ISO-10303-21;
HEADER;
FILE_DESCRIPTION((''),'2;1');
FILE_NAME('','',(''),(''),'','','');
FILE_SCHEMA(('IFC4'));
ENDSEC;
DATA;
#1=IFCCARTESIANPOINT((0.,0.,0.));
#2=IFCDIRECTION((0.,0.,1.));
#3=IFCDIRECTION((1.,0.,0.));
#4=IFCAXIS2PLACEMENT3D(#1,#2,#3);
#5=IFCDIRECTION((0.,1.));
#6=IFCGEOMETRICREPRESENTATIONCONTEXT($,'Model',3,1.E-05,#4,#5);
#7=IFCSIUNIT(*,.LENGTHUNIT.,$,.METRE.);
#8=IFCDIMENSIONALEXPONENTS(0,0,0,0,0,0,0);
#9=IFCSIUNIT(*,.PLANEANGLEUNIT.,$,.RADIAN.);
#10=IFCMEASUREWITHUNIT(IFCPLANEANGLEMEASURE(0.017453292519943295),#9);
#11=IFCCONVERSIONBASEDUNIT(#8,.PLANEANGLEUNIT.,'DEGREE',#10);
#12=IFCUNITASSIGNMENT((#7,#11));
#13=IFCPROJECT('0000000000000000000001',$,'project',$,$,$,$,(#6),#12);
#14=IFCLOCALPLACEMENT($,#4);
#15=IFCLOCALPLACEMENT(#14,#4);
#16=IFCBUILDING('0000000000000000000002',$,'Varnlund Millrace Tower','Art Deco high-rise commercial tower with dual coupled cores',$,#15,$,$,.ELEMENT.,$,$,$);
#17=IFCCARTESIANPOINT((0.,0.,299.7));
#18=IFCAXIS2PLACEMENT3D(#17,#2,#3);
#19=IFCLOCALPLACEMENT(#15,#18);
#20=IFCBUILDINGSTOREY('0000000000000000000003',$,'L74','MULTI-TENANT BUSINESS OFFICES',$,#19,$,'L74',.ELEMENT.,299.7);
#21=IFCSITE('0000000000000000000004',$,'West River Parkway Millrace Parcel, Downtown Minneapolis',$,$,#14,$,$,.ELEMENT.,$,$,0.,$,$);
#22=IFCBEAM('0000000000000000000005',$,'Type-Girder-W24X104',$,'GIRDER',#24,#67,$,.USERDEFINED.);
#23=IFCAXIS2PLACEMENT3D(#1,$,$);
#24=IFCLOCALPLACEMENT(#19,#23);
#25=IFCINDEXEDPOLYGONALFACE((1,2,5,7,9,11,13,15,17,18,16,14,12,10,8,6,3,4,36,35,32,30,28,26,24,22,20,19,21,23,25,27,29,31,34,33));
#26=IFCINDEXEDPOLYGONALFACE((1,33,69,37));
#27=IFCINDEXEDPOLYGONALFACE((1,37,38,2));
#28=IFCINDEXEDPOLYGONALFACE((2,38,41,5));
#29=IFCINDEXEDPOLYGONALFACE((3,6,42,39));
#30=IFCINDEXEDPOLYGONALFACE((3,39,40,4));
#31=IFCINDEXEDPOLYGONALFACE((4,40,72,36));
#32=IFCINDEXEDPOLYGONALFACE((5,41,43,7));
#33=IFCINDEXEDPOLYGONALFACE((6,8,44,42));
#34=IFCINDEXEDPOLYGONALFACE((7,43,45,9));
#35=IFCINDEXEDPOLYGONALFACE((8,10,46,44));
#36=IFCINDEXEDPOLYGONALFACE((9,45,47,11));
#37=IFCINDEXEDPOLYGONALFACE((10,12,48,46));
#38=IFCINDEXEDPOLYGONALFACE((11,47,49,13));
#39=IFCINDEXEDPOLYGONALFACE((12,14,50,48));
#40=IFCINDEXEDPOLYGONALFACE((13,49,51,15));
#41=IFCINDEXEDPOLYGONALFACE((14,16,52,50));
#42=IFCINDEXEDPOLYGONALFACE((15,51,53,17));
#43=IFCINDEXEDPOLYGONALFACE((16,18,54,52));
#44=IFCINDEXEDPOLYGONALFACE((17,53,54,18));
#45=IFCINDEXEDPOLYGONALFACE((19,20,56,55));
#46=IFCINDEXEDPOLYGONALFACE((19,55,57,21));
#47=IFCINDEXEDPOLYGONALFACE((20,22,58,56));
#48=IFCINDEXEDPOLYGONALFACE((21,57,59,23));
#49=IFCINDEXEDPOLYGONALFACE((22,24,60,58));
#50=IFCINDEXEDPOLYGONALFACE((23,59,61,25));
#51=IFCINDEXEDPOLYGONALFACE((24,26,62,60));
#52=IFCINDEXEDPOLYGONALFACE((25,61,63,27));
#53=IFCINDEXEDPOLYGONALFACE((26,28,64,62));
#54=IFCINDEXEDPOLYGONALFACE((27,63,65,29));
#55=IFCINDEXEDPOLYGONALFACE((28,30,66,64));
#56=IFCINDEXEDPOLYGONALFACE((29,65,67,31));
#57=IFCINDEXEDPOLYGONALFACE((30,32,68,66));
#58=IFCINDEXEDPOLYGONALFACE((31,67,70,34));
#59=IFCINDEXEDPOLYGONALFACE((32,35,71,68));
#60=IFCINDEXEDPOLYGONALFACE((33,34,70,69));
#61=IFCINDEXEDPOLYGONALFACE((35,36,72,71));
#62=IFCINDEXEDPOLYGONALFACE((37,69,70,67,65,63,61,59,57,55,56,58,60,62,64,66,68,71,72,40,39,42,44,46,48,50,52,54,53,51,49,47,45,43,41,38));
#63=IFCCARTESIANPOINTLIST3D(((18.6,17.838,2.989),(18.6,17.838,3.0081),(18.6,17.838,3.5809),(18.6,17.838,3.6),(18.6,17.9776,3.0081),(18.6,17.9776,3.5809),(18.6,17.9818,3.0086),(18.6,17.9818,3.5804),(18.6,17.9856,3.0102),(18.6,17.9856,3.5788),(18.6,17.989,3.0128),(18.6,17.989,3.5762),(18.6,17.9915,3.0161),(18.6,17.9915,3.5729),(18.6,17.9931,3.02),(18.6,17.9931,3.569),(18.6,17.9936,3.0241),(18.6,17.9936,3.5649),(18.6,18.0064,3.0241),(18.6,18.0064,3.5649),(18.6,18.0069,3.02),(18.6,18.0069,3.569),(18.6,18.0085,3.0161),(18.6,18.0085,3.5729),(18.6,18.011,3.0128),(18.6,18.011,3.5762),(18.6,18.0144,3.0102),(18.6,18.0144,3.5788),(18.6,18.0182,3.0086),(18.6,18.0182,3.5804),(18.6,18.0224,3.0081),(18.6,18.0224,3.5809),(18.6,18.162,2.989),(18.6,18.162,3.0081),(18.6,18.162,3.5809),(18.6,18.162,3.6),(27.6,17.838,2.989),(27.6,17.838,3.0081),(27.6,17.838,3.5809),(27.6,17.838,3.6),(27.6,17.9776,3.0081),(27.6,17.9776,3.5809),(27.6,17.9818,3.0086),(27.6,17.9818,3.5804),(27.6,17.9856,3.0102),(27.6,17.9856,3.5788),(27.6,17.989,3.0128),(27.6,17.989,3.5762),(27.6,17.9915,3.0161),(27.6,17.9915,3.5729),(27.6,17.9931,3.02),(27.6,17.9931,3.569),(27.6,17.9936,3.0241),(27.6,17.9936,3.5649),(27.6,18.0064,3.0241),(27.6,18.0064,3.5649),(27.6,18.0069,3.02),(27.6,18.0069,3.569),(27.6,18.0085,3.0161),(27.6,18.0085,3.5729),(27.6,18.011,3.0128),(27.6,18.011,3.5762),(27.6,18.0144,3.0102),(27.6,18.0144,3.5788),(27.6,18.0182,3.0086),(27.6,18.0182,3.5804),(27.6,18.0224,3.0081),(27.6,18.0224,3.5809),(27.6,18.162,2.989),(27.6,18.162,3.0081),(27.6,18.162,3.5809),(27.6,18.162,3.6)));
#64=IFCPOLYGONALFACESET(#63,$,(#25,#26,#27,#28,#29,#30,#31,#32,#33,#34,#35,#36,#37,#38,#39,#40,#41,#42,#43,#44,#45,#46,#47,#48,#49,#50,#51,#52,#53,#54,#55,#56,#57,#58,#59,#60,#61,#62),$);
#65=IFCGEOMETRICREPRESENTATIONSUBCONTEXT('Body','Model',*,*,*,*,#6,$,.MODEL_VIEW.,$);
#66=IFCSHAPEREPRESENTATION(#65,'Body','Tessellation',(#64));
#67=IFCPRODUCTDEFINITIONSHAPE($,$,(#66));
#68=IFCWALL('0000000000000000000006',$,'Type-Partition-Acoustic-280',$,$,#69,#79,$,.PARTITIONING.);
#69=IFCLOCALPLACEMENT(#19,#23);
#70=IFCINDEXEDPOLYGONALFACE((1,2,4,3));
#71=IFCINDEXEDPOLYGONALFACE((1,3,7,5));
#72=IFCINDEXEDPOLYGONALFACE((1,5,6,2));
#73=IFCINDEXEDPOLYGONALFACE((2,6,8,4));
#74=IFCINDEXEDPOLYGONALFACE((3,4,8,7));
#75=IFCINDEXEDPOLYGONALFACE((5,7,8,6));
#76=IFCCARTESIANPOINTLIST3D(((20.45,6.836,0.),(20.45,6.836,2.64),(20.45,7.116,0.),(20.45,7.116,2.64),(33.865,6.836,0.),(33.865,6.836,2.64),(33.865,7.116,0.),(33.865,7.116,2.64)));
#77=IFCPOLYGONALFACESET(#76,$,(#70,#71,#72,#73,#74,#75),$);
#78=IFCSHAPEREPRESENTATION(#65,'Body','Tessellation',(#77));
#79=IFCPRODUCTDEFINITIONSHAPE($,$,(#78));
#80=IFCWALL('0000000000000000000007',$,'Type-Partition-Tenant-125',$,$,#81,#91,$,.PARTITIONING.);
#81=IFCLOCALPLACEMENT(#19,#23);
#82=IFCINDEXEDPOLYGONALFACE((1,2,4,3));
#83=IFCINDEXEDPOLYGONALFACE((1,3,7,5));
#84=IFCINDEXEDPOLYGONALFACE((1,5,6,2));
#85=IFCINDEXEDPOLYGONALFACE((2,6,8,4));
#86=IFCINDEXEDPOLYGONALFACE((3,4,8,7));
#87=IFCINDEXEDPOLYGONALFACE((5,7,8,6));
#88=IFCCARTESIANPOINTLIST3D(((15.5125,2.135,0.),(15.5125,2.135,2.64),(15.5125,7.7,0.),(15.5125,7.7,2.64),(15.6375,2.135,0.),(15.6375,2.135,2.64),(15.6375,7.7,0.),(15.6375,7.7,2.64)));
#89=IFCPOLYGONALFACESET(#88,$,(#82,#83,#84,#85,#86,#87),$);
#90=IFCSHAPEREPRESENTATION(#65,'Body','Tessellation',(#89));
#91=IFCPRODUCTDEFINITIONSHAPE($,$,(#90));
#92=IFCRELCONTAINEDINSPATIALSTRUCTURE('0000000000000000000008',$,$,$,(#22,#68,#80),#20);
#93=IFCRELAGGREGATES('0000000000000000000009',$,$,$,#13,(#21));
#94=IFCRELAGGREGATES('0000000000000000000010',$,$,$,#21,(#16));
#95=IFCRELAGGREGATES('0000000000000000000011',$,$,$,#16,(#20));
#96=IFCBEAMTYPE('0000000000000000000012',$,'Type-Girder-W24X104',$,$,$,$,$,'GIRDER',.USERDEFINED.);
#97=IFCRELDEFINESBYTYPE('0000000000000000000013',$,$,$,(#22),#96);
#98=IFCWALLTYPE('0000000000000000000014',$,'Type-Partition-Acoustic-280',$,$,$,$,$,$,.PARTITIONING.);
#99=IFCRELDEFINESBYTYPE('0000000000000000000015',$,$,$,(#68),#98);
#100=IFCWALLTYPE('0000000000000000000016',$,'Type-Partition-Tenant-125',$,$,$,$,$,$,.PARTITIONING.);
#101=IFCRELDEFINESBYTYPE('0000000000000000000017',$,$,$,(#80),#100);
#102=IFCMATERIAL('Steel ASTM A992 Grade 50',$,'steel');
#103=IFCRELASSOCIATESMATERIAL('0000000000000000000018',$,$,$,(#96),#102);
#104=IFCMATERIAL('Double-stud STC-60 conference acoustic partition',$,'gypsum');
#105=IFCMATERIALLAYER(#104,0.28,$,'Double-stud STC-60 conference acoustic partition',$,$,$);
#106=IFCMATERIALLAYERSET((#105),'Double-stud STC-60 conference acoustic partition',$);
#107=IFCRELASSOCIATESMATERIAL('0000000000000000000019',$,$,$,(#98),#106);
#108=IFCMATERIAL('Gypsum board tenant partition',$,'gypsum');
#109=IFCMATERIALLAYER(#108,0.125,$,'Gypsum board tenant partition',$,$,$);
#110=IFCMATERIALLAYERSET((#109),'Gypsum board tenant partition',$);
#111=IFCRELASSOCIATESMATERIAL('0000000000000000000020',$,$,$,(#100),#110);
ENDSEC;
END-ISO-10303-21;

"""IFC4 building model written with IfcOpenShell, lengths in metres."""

from ifc_helpers import new_model, entity, si_unit, converted_unit, direction, frame, origin_with_axes, origin_2d_with_axis, place, context, subcontext, project, spatial, polyline, i_section, outline, extrude, material, layer, layer_set, material_profile, profile_set, type_object, element, save


model = new_model("IFC4")

# Units and contexts
model_context = context("Model", 3, precision=1e-05, world=origin_with_axes(), true_north=direction((0.0, 1.0)))
body_context = subcontext(model_context, "Body", "Model", "MODEL_VIEW")
ifc_project = project(units=[si_unit("LENGTHUNIT", "METRE"), converted_unit("PLANEANGLEUNIT", "DEGREE", entity("IfcPlaneAngleMeasure", 0.017453292519943295), si_unit("PLANEANGLEUNIT", "RADIAN"), dimensions=[0, 0, 0, 0, 0, 0, 0])], contexts=[model_context])

# Site, building, storey
site_placement = place(None, origin_with_axes())
site = spatial("IfcSite", under=ifc_project, at=site_placement, Name="West River Parkway Millrace Parcel, Downtown Minneapolis", CompositionType="ELEMENT", RefElevation=0.0)
building_placement = place(site_placement, origin_with_axes())
building = spatial("IfcBuilding", under=site, at=building_placement, Name="Varnlund Millrace Tower", Description="Art Deco high-rise commercial tower with dual coupled cores", CompositionType="ELEMENT")
storey_placement = place(building_placement, frame((0.0, 0.0, 299.7), z_axis=(0.0, 0.0, 1.0), x_axis=(1.0, 0.0, 0.0)))
storey = spatial("IfcBuildingStorey", under=building, at=storey_placement, Name="L74", Description="MULTI-TENANT BUSINESS OFFICES", LongName="L74", CompositionType="ELEMENT", Elevation=299.7)

# Beam
ifc_material_1 = material(Name="Steel ASTM A992 Grade 50", Category="steel")
ifc_material_profile_1 = material_profile(ifc_material_1, i_section(OverallWidth=0.324, OverallDepth=0.611, WebThickness=0.0127, FlangeThickness=0.0191, FilletRadius=0.016, at=origin_2d_with_axis()), Name="Steel ASTM A992 Grade 50")
ifc_profile_set_1 = profile_set([ifc_material_profile_1], Name="Steel ASTM A992 Grade 50")
beam_type_1 = type_object("IfcBeamType", Name="Type-Girder-W24X104", ElementType="GIRDER", PredefinedType="USERDEFINED", material=ifc_profile_set_1)
for number, where, z_axis, x_axis, name in (
    (1, (18.6, 18.0, 3.2945), (1.0, 0.0, 0.0), (0.0, 1.0, 0.0), "Type-Girder-W24X104"),
):
    element("IfcBeam", number, at=place(storey_placement, frame(where, z_axis=z_axis, x_axis=x_axis)), inside=storey, type_object=beam_type_1, Name=name, ObjectType="GIRDER", PredefinedType="USERDEFINED", context=body_context, shape_type="SweptSolid", body=[
        extrude(i_section(OverallWidth=0.324, OverallDepth=0.611, WebThickness=0.0127, FlangeThickness=0.0191, FilletRadius=0.016, at=origin_2d_with_axis()), origin_with_axes(), (0.0, 0.0, 1.0), 9.0),
    ])

# Wall
ifc_material_2 = material(Name="Double-stud STC-60 conference acoustic partition", Category="gypsum")
ifc_layer_1 = layer(ifc_material_2, 0.28, Name="Double-stud STC-60 conference acoustic partition")
ifc_layer_set_1 = layer_set([ifc_layer_1], Name="Double-stud STC-60 conference acoustic partition")
wall_type_1 = type_object("IfcWallType", Name="Type-Partition-Acoustic-280", PredefinedType="PARTITIONING", material=ifc_layer_set_1)
wall_1_placement = place(storey_placement, frame((20.45, 6.976, 0.0), z_axis=(0.0, 0.0, 1.0), x_axis=(1.0, 0.0, 0.0)))
element("IfcWall", 2, at=wall_1_placement, inside=storey, type_object=wall_type_1, Name="Type-Partition-Acoustic-280", PredefinedType="PARTITIONING", context=body_context, shape_type="SweptSolid", body=[
    extrude(outline(polyline([(0.0, -0.14), (13.415, -0.14), (13.415, 0.14), (0.0, 0.14), (0.0, -0.14)])), origin_with_axes(), (0.0, 0.0, 1.0), 2.64),
])

# Wall
ifc_material_3 = material(Name="Gypsum board tenant partition", Category="gypsum")
ifc_layer_2 = layer(ifc_material_3, 0.125, Name="Gypsum board tenant partition")
ifc_layer_set_2 = layer_set([ifc_layer_2], Name="Gypsum board tenant partition")
wall_type_2 = type_object("IfcWallType", Name="Type-Partition-Tenant-125", PredefinedType="PARTITIONING", material=ifc_layer_set_2)
wall_2_placement = place(storey_placement, frame((15.575, 2.135, 0.0), z_axis=(0.0, 0.0, 1.0), x_axis=(0.0, 1.0, 0.0)))
element("IfcWall", 3, at=wall_2_placement, inside=storey, type_object=wall_type_2, Name="Type-Partition-Tenant-125", PredefinedType="PARTITIONING", context=body_context, shape_type="SweptSolid", body=[
    extrude(outline(polyline([(0.0, -0.0625), (5.565, -0.0625), (5.565, 0.0625), (0.0, 0.0625), (0.0, -0.0625)])), origin_with_axes(), (0.0, 0.0, 1.0), 2.64),
])

save(model, "model.ifc")
